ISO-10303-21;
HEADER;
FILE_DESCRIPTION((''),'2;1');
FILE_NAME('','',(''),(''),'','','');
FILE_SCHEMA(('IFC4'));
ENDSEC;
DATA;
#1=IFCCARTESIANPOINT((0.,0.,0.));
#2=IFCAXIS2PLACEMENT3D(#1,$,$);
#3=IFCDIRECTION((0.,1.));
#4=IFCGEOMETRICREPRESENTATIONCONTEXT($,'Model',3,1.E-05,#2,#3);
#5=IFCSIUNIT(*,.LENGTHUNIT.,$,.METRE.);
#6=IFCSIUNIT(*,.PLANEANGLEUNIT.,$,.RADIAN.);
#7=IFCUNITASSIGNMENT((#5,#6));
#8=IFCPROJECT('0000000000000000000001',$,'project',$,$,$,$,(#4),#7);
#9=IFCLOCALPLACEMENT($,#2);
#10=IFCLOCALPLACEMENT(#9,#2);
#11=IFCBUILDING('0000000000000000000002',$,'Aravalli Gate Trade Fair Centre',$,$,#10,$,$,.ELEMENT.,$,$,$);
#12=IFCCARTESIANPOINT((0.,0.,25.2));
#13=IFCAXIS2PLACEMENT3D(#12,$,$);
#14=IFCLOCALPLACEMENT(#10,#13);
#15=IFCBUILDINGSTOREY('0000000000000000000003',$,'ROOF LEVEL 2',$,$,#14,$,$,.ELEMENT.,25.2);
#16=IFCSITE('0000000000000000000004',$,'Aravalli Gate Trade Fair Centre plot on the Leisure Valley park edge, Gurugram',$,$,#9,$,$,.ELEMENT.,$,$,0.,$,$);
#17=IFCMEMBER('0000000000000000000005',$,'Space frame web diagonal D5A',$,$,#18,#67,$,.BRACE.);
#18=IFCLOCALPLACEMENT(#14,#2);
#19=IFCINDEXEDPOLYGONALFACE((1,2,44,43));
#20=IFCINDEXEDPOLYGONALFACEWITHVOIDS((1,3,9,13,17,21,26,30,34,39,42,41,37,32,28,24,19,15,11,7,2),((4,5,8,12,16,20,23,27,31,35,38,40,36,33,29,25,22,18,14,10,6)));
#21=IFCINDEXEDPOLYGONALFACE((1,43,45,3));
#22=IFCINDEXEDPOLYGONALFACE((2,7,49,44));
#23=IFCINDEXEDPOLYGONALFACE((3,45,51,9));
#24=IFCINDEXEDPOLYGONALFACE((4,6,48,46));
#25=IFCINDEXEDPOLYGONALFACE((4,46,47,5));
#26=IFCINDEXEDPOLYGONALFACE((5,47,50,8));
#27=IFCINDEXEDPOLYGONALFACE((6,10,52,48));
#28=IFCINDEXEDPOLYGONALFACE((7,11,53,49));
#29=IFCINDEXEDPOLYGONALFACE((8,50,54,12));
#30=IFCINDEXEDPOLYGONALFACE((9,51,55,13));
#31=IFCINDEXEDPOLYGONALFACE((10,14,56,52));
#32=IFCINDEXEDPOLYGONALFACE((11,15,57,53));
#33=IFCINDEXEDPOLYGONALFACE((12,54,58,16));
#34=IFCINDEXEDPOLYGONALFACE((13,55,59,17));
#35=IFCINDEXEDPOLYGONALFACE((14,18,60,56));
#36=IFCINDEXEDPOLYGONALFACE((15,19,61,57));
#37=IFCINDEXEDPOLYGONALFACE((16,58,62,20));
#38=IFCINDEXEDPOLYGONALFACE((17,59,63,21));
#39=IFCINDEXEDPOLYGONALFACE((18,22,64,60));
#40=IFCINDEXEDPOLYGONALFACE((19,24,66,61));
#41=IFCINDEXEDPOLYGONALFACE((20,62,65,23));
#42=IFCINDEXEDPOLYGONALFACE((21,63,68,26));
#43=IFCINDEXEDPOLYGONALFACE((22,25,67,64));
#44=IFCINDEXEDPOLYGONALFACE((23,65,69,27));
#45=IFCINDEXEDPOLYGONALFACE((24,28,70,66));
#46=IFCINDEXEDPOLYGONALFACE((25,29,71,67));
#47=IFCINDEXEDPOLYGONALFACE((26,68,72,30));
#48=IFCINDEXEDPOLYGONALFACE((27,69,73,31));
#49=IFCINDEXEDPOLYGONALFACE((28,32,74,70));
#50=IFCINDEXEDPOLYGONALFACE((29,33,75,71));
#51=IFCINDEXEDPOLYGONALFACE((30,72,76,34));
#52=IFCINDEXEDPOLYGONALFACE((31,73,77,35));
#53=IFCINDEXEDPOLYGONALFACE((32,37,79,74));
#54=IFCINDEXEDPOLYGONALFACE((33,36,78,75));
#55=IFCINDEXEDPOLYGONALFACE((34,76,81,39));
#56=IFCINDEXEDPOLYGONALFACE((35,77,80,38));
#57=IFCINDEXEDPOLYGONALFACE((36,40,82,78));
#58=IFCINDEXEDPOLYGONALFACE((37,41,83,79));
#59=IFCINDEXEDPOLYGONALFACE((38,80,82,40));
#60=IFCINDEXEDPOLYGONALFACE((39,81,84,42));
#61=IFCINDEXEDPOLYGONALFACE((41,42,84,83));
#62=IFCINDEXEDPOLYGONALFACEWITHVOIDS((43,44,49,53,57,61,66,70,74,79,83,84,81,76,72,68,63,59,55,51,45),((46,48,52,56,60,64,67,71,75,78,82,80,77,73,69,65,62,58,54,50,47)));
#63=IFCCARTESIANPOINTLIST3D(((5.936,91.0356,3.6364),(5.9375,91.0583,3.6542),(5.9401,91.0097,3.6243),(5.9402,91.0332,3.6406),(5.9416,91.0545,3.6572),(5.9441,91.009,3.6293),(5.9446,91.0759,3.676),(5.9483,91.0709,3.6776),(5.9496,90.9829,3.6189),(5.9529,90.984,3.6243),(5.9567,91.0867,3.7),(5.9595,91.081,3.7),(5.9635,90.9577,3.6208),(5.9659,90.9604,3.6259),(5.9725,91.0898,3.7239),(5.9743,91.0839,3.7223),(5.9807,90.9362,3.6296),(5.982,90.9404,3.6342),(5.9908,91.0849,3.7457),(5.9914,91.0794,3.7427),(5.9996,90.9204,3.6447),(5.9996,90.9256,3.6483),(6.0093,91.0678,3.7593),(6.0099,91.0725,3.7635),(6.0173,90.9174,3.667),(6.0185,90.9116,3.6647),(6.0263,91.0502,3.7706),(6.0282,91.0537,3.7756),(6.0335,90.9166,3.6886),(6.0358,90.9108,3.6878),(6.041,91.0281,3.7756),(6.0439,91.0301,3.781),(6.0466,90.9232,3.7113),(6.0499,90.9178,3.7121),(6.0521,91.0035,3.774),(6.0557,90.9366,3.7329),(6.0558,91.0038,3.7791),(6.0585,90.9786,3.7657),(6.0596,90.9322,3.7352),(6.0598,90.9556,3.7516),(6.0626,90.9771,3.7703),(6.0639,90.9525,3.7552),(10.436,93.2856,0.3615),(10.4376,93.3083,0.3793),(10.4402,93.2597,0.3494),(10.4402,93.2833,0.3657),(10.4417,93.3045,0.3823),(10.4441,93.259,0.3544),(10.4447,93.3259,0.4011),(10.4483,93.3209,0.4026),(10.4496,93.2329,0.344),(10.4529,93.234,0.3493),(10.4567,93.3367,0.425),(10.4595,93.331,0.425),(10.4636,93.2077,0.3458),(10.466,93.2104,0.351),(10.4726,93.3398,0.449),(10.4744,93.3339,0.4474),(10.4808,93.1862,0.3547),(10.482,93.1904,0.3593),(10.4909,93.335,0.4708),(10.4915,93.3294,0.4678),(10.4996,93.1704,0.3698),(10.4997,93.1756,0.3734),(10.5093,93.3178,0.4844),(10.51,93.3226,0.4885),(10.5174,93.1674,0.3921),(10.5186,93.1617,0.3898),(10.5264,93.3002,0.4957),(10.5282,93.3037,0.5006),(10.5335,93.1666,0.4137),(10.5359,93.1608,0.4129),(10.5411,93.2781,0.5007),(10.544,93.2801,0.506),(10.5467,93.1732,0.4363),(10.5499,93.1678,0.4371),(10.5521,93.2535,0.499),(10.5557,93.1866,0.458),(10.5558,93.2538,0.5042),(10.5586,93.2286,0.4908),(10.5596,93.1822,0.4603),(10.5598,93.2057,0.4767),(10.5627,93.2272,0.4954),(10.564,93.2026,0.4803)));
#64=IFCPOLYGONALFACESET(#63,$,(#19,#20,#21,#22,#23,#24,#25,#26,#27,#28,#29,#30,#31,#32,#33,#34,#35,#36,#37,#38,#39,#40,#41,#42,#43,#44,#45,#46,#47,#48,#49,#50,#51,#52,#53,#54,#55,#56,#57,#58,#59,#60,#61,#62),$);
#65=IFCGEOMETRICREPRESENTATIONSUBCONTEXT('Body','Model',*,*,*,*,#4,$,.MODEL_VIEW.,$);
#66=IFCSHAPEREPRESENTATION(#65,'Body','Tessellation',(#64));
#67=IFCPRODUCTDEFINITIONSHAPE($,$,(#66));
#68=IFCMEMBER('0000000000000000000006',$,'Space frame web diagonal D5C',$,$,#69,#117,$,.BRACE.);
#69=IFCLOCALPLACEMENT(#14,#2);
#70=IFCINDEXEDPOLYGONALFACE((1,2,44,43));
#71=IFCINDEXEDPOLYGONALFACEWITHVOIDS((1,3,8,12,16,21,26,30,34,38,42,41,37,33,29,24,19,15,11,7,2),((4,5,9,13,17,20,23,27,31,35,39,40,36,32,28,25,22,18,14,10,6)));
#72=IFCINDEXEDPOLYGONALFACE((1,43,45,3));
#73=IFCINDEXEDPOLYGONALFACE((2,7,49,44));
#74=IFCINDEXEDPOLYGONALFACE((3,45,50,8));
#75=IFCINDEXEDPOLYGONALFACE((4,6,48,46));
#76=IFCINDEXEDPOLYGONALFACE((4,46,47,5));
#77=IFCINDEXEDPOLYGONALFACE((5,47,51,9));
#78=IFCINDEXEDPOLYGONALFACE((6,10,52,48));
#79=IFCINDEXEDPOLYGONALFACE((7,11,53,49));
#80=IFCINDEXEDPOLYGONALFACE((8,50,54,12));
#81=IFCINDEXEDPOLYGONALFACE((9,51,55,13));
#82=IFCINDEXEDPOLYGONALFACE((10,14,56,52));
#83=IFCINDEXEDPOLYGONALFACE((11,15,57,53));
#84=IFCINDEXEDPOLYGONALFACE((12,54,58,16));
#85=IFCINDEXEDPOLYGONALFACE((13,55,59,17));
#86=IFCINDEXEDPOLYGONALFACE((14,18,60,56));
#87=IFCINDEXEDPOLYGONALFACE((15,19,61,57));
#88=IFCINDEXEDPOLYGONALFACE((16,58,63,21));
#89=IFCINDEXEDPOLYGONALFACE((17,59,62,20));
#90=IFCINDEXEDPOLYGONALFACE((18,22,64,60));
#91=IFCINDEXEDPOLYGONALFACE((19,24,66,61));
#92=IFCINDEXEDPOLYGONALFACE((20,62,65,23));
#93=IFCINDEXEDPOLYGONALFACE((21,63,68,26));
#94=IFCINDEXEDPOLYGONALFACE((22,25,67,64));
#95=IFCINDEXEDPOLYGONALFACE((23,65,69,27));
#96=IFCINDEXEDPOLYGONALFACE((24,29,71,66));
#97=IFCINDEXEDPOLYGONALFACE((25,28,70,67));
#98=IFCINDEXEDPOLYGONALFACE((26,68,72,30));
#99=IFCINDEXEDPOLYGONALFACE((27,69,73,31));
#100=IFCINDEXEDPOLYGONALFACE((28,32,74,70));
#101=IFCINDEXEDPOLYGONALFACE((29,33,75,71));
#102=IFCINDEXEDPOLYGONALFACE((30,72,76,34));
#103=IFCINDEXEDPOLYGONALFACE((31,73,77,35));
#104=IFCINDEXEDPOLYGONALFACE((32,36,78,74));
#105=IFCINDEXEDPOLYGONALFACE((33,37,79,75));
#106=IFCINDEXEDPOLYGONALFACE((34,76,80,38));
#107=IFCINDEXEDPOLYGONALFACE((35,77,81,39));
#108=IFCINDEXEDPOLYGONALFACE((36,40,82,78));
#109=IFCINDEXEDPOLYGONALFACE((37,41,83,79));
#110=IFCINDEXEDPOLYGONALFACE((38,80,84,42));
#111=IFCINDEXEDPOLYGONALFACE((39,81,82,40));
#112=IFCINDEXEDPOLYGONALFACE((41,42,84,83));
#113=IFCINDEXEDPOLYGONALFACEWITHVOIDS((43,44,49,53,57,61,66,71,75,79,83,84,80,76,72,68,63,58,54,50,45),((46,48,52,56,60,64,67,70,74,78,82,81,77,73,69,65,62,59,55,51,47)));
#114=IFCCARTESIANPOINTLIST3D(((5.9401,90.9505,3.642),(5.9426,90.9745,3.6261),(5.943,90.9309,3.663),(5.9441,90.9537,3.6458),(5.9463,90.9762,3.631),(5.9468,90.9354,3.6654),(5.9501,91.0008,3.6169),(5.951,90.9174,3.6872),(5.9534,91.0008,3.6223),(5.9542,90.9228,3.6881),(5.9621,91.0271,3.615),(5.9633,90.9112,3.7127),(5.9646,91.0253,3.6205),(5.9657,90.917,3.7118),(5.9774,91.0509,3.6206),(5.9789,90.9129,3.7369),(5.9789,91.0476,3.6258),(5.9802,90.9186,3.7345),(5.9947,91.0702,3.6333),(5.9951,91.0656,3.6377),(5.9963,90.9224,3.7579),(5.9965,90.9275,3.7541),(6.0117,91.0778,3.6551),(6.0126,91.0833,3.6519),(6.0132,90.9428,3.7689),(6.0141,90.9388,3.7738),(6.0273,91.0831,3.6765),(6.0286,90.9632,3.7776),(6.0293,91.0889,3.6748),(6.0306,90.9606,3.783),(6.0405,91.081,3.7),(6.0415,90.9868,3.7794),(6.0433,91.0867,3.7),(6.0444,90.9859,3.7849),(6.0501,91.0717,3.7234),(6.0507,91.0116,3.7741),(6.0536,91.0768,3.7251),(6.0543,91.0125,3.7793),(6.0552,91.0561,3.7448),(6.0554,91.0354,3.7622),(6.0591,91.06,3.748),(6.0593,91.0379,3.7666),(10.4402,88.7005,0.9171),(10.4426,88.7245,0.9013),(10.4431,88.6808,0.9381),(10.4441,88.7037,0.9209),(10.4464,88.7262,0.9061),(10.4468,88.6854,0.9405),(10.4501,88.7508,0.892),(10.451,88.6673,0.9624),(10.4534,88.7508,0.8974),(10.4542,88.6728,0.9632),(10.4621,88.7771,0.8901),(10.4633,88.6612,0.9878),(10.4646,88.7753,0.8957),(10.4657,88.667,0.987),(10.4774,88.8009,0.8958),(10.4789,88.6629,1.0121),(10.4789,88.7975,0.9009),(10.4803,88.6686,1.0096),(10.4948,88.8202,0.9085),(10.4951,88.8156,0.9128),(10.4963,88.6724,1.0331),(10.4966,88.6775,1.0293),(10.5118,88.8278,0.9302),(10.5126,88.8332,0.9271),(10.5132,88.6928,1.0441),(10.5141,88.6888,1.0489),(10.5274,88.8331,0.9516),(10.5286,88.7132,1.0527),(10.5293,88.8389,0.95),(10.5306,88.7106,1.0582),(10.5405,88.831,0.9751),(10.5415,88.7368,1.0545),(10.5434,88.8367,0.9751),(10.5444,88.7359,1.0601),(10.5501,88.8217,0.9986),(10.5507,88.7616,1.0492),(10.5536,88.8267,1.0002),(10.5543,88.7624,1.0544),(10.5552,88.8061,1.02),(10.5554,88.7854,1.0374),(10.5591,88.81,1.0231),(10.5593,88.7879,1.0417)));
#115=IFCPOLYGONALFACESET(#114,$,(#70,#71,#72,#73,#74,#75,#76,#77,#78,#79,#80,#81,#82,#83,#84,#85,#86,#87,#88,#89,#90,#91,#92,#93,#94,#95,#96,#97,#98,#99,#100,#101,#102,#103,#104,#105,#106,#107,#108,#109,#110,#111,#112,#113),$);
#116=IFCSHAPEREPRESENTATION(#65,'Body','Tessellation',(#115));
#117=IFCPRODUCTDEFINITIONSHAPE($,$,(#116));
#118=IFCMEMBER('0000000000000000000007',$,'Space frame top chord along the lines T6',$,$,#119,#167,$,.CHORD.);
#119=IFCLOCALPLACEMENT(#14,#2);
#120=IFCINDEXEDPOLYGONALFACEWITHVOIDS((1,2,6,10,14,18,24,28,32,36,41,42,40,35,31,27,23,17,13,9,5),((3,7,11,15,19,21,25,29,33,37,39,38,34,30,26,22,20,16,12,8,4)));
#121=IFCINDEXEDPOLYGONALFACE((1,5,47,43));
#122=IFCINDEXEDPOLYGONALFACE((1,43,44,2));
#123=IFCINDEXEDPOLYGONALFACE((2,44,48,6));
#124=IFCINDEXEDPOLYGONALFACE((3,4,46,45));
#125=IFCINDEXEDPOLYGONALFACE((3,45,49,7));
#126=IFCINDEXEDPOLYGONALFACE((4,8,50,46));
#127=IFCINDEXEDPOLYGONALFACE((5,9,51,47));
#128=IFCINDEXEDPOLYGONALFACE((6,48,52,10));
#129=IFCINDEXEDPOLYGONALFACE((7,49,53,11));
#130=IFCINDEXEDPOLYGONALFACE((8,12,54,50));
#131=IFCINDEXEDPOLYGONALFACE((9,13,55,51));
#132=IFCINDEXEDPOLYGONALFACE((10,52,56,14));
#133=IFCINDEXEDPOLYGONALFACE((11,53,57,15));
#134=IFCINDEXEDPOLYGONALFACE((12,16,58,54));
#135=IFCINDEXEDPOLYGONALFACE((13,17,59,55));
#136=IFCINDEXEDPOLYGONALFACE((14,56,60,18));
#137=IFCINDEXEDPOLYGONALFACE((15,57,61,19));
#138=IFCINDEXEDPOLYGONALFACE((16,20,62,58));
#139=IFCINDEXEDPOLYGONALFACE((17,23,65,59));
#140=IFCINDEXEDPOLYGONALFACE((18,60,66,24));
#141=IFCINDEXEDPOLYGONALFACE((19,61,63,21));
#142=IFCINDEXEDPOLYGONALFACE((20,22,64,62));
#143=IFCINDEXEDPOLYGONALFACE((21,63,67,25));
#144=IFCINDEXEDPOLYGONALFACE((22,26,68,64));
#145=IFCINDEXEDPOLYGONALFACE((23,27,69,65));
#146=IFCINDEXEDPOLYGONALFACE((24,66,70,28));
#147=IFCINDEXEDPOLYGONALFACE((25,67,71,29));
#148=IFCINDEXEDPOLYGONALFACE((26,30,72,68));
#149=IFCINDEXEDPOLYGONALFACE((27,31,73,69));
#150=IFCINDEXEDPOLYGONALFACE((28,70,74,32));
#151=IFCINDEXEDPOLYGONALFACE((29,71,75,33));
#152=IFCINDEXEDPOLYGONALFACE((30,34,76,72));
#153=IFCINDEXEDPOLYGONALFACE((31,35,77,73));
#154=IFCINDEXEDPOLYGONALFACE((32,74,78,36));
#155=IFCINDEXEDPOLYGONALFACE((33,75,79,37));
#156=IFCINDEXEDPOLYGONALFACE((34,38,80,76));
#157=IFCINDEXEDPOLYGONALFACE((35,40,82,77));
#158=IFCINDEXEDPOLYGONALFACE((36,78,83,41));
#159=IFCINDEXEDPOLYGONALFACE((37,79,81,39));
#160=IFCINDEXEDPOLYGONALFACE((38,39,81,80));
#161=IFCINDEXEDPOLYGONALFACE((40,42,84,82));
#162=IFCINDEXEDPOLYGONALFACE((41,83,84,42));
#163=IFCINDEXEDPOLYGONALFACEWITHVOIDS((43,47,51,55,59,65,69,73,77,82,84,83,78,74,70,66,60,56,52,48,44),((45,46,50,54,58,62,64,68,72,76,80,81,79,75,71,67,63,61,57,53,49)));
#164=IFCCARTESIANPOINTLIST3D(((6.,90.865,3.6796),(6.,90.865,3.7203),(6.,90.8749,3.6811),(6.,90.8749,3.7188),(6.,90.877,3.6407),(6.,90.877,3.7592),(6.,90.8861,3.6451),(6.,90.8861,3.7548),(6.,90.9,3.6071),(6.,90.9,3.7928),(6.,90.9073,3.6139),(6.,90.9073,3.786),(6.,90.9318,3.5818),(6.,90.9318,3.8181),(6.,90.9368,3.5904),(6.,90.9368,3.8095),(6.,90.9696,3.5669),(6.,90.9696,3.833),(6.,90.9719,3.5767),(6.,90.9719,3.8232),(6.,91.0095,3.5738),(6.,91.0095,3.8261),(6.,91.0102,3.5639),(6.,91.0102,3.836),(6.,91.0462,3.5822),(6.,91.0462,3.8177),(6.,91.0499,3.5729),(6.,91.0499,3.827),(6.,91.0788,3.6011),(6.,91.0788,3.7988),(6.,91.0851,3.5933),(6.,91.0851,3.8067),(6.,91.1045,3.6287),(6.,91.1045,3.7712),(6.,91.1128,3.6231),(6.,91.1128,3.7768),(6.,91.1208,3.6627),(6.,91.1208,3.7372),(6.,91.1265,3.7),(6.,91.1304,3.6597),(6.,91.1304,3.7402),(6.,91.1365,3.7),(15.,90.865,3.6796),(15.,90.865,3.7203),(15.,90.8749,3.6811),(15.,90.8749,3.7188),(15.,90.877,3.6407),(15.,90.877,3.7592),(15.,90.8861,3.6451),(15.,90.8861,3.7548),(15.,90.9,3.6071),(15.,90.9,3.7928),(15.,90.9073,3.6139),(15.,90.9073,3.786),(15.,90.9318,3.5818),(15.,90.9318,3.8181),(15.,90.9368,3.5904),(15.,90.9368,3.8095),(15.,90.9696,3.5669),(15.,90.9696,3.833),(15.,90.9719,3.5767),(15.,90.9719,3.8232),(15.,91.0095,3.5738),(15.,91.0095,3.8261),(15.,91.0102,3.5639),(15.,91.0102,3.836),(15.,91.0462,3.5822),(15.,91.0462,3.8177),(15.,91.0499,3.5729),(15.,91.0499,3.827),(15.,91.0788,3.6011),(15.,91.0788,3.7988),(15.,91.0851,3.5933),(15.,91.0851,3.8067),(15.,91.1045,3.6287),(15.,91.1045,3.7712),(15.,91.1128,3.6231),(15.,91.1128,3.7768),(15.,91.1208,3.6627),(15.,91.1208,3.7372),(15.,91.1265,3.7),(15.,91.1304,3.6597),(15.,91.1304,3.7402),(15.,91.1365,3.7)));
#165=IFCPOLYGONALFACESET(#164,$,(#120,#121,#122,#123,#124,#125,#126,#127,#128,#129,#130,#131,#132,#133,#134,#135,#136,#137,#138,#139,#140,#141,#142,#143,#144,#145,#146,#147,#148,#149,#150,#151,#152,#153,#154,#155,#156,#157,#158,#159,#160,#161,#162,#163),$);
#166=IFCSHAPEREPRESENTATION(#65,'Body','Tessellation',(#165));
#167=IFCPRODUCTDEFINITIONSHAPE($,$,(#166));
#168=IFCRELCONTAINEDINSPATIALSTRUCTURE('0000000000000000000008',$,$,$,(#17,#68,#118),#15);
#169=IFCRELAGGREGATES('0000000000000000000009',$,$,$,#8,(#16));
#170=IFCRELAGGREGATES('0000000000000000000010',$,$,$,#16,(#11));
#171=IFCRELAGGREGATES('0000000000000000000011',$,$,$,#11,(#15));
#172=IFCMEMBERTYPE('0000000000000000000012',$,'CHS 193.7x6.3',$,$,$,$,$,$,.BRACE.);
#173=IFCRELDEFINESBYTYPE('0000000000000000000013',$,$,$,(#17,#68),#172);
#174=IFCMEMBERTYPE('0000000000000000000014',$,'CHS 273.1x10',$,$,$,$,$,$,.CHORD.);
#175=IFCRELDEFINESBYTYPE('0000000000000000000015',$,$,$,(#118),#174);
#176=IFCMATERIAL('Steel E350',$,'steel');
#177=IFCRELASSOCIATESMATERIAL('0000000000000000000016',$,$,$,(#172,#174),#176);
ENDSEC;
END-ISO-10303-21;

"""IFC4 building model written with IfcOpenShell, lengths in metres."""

from ifc_helpers import new_model, si_unit, direction, frame, origin, origin_2d, place, context, subcontext, project, spatial, hollow_circle, extrude, material, material_profile, profile_set, type_object, element, save


model = new_model("IFC4")

# Units and contexts
model_context = context("Model", 3, precision=1e-05, world=origin(), true_north=direction((0.0, 1.0)))
body_context = subcontext(model_context, "Body", "Model", "MODEL_VIEW")
ifc_project = project(units=[si_unit("LENGTHUNIT", "METRE"), si_unit("PLANEANGLEUNIT", "RADIAN")], contexts=[model_context])

# Site, building, storey
site_placement = place(None, origin())
site = spatial("IfcSite", under=ifc_project, at=site_placement, Name="Aravalli Gate Trade Fair Centre plot on the Leisure Valley park edge, Gurugram", CompositionType="ELEMENT", RefElevation=0.0)
building_placement = place(site_placement, origin())
building = spatial("IfcBuilding", under=site, at=building_placement, Name="Aravalli Gate Trade Fair Centre", CompositionType="ELEMENT")
storey_placement = place(building_placement, frame((0.0, 0.0, 25.2)))
storey = spatial("IfcBuildingStorey", under=building, at=storey_placement, Name="ROOF LEVEL 2", CompositionType="ELEMENT", Elevation=25.2)

# Members
ifc_material_1 = material(Name="Steel E350", Category="steel")
ifc_material_profile_1 = material_profile(ifc_material_1, hollow_circle(Radius=0.0969, WallThickness=0.0063, at=origin_2d()), Name="CHS 193.7x6.3")
ifc_profile_set_1 = profile_set([ifc_material_profile_1], Name="Steel E350")
member_type_1 = type_object("IfcMemberType", Name="CHS 193.7x6.3", PredefinedType="BRACE", material=ifc_profile_set_1)
member_1_placement = place(storey_placement, frame((6.0, 91.0, 3.7), z_axis=(0.74961, 0.374805, -0.545533), x_axis=(-0.447214, 0.894427, 0.0)))
element("IfcMember", 1, at=member_1_placement, inside=storey, type_object=member_type_1, Name="Space frame web diagonal D5A", PredefinedType="BRACE", context=body_context, shape_type="SweptSolid", body=[
    extrude(hollow_circle(Radius=0.0969, WallThickness=0.0063, at=origin_2d()), origin(), (0.0, 0.0, 1.0), 6.0032),
])
member_2_placement = place(storey_placement, frame((6.0, 91.0, 3.7), z_axis=(0.786486, -0.393243, -0.476235), x_axis=(0.447214, 0.894427, 0.0)))
element("IfcMember", 2, at=member_2_placement, inside=storey, type_object=member_type_1, Name="Space frame web diagonal D5C", PredefinedType="BRACE", context=body_context, shape_type="SweptSolid", body=[
    extrude(hollow_circle(Radius=0.0969, WallThickness=0.0063, at=origin_2d()), origin(), (0.0, 0.0, 1.0), 5.7217),
])
ifc_material_profile_2 = material_profile(ifc_material_1, hollow_circle(Radius=0.1365, WallThickness=0.01, at=origin_2d()), Name="CHS 273.1x10")
ifc_profile_set_2 = profile_set([ifc_material_profile_2], Name="Steel E350")
member_type_2 = type_object("IfcMemberType", Name="CHS 273.1x10", PredefinedType="CHORD", material=ifc_profile_set_2)
member_3_placement = place(storey_placement, frame((6.0, 91.0, 3.7), z_axis=(1.0, 0.0, 0.0), x_axis=(0.0, 1.0, 0.0)))
element("IfcMember", 3, at=member_3_placement, inside=storey, type_object=member_type_2, Name="Space frame top chord along the lines T6", PredefinedType="CHORD", context=body_context, shape_type="SweptSolid", body=[
    extrude(hollow_circle(Radius=0.1365, WallThickness=0.01, at=origin_2d()), origin(), (0.0, 0.0, 1.0), 9.0),
])

save(model, "model.ifc")
